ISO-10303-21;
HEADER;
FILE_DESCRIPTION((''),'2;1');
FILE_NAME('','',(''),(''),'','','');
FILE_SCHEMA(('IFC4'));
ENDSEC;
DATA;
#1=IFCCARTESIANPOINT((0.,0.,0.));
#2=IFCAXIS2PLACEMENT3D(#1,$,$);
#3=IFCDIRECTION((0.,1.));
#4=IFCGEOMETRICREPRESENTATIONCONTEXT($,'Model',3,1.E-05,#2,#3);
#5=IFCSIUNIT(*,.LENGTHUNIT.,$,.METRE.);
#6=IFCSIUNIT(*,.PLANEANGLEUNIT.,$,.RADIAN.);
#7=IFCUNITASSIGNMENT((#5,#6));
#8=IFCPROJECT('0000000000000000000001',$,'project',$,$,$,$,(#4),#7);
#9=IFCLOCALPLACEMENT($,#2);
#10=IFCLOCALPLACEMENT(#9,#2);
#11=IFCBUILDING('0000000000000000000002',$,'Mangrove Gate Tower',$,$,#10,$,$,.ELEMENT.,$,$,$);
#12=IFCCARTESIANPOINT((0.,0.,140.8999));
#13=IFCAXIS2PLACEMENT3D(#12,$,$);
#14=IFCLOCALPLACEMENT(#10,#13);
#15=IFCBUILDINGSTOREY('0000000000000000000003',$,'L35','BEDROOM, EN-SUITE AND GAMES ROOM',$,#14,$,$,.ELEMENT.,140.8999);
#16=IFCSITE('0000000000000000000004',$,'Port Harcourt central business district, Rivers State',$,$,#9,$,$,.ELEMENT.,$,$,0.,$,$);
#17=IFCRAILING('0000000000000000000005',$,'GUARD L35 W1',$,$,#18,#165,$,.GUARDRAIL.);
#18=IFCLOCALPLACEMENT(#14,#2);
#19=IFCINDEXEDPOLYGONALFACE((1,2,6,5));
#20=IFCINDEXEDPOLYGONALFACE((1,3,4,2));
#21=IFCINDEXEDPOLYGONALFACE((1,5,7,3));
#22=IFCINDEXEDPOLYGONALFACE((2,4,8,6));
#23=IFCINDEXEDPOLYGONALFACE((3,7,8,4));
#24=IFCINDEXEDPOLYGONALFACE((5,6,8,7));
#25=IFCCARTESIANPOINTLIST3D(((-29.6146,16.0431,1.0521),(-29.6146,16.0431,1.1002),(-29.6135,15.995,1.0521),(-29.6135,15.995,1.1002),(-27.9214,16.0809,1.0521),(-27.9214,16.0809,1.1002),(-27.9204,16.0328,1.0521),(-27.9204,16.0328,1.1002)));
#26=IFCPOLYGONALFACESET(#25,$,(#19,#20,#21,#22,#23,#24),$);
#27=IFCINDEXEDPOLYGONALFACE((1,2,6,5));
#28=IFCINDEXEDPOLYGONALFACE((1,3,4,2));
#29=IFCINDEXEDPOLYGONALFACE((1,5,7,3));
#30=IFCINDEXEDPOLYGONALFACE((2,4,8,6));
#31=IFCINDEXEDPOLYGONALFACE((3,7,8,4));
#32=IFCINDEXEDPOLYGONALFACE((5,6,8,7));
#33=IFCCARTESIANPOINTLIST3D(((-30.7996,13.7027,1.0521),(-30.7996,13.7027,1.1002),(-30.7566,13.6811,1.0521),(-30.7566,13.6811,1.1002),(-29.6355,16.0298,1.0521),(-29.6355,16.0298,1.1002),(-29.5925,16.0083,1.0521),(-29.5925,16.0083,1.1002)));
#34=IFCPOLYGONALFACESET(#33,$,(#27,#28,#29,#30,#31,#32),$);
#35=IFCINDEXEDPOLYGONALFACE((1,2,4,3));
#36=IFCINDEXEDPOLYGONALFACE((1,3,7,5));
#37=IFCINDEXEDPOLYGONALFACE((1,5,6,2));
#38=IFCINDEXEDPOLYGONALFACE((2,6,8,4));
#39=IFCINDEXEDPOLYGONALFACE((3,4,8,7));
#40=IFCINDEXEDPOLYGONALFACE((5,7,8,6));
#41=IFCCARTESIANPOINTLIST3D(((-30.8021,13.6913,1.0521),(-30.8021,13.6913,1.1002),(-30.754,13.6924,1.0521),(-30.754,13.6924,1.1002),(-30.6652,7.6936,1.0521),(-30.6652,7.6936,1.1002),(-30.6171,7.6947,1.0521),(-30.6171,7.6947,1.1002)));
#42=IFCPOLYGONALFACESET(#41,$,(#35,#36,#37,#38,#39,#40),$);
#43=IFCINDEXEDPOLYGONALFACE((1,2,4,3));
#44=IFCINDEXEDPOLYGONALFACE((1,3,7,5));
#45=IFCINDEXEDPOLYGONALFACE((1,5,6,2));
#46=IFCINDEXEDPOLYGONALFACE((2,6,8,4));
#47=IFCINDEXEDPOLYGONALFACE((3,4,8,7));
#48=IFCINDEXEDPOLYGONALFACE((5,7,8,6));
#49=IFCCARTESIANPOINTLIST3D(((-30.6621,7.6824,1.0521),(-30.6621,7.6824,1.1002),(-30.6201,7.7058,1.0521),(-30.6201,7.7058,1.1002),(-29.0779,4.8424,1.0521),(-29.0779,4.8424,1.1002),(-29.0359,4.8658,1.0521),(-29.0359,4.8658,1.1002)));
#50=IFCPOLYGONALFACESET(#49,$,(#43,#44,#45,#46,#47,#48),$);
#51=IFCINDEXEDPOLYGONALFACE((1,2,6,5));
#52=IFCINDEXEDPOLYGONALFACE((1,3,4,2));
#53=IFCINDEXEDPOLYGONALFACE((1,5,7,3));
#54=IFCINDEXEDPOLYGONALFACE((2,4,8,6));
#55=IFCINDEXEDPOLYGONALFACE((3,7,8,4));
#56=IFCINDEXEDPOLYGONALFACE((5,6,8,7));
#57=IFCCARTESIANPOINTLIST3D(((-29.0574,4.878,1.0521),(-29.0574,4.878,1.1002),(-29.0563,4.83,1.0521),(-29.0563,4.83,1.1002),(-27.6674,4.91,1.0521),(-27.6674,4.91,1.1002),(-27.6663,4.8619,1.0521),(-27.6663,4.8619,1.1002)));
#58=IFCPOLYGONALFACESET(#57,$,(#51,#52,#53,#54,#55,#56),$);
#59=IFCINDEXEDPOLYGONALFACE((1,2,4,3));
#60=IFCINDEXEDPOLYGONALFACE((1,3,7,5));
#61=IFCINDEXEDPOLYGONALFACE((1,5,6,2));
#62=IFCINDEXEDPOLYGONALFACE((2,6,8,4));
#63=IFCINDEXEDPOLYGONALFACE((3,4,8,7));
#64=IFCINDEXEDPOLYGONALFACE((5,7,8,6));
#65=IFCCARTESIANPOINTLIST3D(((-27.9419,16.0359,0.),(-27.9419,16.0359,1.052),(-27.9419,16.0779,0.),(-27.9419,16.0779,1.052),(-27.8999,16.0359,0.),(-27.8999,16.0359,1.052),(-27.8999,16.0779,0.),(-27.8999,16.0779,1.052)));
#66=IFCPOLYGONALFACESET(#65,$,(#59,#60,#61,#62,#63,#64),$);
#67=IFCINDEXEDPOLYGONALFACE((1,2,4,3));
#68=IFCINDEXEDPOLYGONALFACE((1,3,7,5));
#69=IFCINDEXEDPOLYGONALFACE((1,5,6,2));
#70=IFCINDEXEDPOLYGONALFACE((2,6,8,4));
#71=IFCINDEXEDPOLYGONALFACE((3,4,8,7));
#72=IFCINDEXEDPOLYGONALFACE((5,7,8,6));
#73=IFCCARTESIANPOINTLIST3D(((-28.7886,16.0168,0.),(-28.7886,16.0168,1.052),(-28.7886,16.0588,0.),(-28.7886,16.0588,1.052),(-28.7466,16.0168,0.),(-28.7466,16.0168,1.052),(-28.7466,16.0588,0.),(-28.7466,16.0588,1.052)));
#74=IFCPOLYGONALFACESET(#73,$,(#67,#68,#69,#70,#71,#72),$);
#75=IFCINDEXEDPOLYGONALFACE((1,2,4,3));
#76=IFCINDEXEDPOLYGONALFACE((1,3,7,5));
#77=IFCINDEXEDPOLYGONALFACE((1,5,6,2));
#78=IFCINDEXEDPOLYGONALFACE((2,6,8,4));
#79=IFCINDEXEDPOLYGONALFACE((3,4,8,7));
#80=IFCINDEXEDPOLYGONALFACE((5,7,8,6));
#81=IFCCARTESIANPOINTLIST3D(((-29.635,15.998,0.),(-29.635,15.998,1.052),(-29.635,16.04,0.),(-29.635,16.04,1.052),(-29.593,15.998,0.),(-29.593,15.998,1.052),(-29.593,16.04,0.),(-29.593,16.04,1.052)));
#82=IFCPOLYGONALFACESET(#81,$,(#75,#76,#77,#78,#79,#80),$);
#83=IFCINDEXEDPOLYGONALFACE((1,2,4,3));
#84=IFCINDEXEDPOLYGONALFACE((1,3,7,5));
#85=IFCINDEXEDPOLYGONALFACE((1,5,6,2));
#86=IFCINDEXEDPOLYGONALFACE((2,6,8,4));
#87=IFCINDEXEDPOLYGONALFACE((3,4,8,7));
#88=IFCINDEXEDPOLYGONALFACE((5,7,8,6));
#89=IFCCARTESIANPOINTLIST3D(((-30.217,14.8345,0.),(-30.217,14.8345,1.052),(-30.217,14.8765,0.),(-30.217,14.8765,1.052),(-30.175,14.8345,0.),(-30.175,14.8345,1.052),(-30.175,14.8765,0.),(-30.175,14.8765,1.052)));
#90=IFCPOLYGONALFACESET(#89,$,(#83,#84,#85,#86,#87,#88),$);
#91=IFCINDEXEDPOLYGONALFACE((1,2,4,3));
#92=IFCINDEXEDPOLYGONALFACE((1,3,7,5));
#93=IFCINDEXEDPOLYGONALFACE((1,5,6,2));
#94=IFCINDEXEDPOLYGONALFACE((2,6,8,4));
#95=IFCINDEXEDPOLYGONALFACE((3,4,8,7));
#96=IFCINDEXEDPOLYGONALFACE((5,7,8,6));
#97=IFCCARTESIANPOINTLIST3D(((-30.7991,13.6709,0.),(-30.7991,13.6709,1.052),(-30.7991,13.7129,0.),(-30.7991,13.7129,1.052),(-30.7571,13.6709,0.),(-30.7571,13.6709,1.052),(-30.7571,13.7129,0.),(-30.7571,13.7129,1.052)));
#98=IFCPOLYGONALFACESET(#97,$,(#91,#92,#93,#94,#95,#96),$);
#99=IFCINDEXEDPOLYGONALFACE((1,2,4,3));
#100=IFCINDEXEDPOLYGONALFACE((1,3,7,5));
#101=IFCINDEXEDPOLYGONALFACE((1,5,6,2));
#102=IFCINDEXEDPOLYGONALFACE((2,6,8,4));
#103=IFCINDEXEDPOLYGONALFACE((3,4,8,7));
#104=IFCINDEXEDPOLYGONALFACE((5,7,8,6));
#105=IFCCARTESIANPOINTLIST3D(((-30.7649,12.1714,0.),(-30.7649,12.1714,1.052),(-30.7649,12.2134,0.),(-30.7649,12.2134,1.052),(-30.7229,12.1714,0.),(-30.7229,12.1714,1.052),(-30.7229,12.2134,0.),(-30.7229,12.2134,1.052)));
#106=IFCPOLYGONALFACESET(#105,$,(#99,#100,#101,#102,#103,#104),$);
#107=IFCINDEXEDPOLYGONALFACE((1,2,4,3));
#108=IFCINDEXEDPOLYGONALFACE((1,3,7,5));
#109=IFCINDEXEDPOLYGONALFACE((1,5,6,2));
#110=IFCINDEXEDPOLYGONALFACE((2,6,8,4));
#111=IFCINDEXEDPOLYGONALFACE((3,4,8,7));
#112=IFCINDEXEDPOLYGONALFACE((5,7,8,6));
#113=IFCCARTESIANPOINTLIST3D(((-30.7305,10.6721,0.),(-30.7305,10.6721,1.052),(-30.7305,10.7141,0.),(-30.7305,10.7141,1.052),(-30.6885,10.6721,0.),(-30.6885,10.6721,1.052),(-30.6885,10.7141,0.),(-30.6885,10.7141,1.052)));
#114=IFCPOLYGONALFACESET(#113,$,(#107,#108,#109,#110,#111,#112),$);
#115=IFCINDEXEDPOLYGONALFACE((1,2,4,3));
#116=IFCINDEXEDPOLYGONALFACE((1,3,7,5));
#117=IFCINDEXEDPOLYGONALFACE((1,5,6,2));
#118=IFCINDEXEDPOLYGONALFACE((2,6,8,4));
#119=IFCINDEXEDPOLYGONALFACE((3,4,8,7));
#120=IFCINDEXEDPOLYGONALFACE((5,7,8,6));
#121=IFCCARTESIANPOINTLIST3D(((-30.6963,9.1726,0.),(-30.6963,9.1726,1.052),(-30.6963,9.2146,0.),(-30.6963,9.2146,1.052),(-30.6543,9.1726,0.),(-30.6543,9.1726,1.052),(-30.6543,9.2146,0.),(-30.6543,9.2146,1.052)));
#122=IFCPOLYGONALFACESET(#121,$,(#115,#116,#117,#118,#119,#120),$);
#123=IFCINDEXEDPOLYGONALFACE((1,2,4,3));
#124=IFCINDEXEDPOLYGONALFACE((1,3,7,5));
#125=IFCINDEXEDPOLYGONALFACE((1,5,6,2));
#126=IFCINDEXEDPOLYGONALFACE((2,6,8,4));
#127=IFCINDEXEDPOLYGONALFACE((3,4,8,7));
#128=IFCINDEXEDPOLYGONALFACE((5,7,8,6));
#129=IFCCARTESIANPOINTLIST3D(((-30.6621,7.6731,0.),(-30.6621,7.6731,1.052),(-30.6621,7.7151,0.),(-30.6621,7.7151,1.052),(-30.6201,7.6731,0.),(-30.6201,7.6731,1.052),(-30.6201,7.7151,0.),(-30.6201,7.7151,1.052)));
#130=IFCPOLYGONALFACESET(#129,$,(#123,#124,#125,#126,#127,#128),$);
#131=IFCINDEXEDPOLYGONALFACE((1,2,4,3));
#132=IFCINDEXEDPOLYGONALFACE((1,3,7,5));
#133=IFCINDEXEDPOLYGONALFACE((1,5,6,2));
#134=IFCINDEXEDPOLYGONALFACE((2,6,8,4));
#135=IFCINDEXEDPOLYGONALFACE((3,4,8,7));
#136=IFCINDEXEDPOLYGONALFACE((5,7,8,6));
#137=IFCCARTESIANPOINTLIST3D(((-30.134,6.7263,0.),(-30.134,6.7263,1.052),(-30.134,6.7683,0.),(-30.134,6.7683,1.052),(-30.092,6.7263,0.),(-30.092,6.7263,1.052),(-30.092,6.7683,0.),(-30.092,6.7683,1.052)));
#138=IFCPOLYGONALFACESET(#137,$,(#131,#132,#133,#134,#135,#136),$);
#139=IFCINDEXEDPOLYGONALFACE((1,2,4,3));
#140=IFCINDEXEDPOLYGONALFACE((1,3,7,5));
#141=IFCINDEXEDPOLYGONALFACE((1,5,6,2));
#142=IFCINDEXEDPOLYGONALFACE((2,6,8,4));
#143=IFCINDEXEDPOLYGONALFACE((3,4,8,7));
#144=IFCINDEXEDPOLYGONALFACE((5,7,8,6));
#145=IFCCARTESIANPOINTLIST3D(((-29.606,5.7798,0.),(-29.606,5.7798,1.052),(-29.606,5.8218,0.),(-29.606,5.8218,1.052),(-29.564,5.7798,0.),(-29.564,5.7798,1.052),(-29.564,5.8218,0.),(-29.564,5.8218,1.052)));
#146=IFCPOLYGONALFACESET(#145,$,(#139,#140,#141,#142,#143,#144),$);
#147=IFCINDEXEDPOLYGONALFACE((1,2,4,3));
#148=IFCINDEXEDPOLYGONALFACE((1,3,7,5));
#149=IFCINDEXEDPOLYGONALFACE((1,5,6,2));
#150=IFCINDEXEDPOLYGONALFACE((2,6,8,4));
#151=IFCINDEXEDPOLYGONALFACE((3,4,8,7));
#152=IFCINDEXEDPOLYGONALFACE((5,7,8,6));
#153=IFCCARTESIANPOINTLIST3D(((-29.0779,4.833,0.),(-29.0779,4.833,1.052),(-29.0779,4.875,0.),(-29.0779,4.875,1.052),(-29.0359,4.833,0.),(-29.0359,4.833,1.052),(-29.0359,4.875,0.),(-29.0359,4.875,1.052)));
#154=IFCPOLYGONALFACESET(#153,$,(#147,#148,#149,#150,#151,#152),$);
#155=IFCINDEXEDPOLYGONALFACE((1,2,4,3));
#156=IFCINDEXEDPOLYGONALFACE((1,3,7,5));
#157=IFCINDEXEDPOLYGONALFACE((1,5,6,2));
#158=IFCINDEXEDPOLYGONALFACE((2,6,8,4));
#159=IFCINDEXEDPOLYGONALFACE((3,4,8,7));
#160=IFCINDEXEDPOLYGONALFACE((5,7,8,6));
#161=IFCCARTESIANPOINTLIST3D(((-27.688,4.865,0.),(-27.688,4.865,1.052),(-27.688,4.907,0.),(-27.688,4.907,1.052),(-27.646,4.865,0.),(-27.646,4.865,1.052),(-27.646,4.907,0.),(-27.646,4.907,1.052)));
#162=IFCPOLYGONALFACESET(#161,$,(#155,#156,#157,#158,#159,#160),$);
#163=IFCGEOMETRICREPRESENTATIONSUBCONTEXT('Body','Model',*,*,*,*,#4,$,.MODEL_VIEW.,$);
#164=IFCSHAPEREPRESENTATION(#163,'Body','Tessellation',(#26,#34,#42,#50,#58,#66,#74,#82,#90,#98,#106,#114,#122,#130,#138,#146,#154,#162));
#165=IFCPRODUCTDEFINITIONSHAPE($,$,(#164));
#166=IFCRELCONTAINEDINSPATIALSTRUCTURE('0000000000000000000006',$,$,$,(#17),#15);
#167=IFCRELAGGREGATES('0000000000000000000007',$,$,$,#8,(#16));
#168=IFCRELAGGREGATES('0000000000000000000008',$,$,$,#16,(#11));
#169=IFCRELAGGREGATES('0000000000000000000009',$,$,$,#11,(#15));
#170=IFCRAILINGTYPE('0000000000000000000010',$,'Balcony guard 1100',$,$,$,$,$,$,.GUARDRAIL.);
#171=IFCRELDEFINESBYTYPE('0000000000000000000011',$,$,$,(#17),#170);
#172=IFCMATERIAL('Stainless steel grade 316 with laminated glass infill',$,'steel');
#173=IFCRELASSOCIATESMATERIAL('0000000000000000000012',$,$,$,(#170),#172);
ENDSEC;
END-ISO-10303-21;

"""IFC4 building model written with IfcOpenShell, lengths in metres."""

from ifc_helpers import new_model, si_unit, direction, frame, origin, origin_2d, place, context, subcontext, project, spatial, rectangle, extrude, material, type_object, element, save


model = new_model("IFC4")

# Units and contexts
model_context = context("Model", 3, precision=1e-05, world=origin(), true_north=direction((0.0, 1.0)))
body_context = subcontext(model_context, "Body", "Model", "MODEL_VIEW")
ifc_project = project(units=[si_unit("LENGTHUNIT", "METRE"), si_unit("PLANEANGLEUNIT", "RADIAN")], contexts=[model_context])

# Site, building, storey
site_placement = place(None, origin())
site = spatial("IfcSite", under=ifc_project, at=site_placement, Name="Port Harcourt central business district, Rivers State", CompositionType="ELEMENT", RefElevation=0.0)
building_placement = place(site_placement, origin())
building = spatial("IfcBuilding", under=site, at=building_placement, Name="Mangrove Gate Tower", CompositionType="ELEMENT")
storey_placement = place(building_placement, frame((0.0, 0.0, 140.8999)))
storey = spatial("IfcBuildingStorey", under=building, at=storey_placement, Name="L35", Description="BEDROOM, EN-SUITE AND GAMES ROOM", CompositionType="ELEMENT", Elevation=140.8999)

# Railing
ifc_material_1 = material(Name="Stainless steel grade 316 with laminated glass infill", Category="steel")
railing_type = type_object("IfcRailingType", Name="Balcony guard 1100", PredefinedType="GUARDRAIL", material=ifc_material_1)
railing_placement = place(storey_placement, frame((-27.9209, 16.0569, 0.0)))
element("IfcRailing", 1, at=railing_placement, inside=storey, type_object=railing_type, Name="GUARD L35 W1", PredefinedType="GUARDRAIL", context=body_context, shape_type="SweptSolid", body=[
    extrude(rectangle(XDim=0.0481, YDim=0.0481, at=origin_2d()), frame((0.0, 0.0, 1.0762), z_axis=(-0.99975, -0.022345, 0.0), x_axis=(0.022345, -0.99975, 0.0)), (0.0, 0.0, 1.0), 1.6936),
    extrude(rectangle(XDim=0.0481, YDim=0.0481, at=origin_2d()), frame((-1.6931, -0.0378, 1.0762), z_axis=(-0.447364, -0.894352, 0.0), x_axis=(0.894352, -0.447364, 0.0)), (0.0, 0.0, 1.0), 2.6021),
    extrude(rectangle(XDim=0.0481, YDim=0.0481, at=origin_2d()), frame((-2.8572, -2.365, 1.0762), z_axis=(0.02283, -0.999739, 0.0), x_axis=(0.999739, 0.02283, 0.0)), (0.0, 0.0, 1.0), 5.9993),
    extrude(rectangle(XDim=0.0481, YDim=0.0481, at=origin_2d()), frame((-2.7202, -8.3628, 1.0762), z_axis=(0.487146, -0.87332, 0.0), x_axis=(0.87332, 0.487146, 0.0)), (0.0, 0.0, 1.0), 3.252),
    extrude(rectangle(XDim=0.0481, YDim=0.0481, at=origin_2d()), frame((-1.136, -11.2029, 1.0762), z_axis=(0.999735, 0.023005, 0.0), x_axis=(-0.023005, 0.999735, 0.0)), (0.0, 0.0, 1.0), 1.3904),
    extrude(rectangle(XDim=0.042, YDim=0.042, at=origin_2d()), origin(), (0.0, 0.0, 1.0), 1.052),
    extrude(rectangle(XDim=0.042, YDim=0.042, at=origin_2d()), frame((-0.8467, -0.019, 0.0)), (0.0, 0.0, 1.0), 1.052),
    extrude(rectangle(XDim=0.042, YDim=0.042, at=origin_2d()), frame((-1.6931, -0.0378, 0.0)), (0.0, 0.0, 1.0), 1.052),
    extrude(rectangle(XDim=0.042, YDim=0.042, at=origin_2d()), frame((-2.2751, -1.2014, 0.0)), (0.0, 0.0, 1.0), 1.052),
    extrude(rectangle(XDim=0.042, YDim=0.042, at=origin_2d()), frame((-2.8572, -2.365, 0.0)), (0.0, 0.0, 1.0), 1.052),
    extrude(rectangle(XDim=0.042, YDim=0.042, at=origin_2d()), frame((-2.823, -3.8645, 0.0)), (0.0, 0.0, 1.0), 1.052),
    extrude(rectangle(XDim=0.042, YDim=0.042, at=origin_2d()), frame((-2.7886, -5.3638, 0.0)), (0.0, 0.0, 1.0), 1.052),
    extrude(rectangle(XDim=0.042, YDim=0.042, at=origin_2d()), frame((-2.7544, -6.8633, 0.0)), (0.0, 0.0, 1.0), 1.052),
    extrude(rectangle(XDim=0.042, YDim=0.042, at=origin_2d()), frame((-2.7202, -8.3628, 0.0)), (0.0, 0.0, 1.0), 1.052),
    extrude(rectangle(XDim=0.042, YDim=0.042, at=origin_2d()), frame((-2.1921, -9.3096, 0.0)), (0.0, 0.0, 1.0), 1.052),
    extrude(rectangle(XDim=0.042, YDim=0.042, at=origin_2d()), frame((-1.6641, -10.2561, 0.0)), (0.0, 0.0, 1.0), 1.052),
    extrude(rectangle(XDim=0.042, YDim=0.042, at=origin_2d()), frame((-1.136, -11.2029, 0.0)), (0.0, 0.0, 1.0), 1.052),
    extrude(rectangle(XDim=0.042, YDim=0.042, at=origin_2d()), frame((0.2539, -11.1709, 0.0)), (0.0, 0.0, 1.0), 1.052),
])

save(model, "model.ifc")
